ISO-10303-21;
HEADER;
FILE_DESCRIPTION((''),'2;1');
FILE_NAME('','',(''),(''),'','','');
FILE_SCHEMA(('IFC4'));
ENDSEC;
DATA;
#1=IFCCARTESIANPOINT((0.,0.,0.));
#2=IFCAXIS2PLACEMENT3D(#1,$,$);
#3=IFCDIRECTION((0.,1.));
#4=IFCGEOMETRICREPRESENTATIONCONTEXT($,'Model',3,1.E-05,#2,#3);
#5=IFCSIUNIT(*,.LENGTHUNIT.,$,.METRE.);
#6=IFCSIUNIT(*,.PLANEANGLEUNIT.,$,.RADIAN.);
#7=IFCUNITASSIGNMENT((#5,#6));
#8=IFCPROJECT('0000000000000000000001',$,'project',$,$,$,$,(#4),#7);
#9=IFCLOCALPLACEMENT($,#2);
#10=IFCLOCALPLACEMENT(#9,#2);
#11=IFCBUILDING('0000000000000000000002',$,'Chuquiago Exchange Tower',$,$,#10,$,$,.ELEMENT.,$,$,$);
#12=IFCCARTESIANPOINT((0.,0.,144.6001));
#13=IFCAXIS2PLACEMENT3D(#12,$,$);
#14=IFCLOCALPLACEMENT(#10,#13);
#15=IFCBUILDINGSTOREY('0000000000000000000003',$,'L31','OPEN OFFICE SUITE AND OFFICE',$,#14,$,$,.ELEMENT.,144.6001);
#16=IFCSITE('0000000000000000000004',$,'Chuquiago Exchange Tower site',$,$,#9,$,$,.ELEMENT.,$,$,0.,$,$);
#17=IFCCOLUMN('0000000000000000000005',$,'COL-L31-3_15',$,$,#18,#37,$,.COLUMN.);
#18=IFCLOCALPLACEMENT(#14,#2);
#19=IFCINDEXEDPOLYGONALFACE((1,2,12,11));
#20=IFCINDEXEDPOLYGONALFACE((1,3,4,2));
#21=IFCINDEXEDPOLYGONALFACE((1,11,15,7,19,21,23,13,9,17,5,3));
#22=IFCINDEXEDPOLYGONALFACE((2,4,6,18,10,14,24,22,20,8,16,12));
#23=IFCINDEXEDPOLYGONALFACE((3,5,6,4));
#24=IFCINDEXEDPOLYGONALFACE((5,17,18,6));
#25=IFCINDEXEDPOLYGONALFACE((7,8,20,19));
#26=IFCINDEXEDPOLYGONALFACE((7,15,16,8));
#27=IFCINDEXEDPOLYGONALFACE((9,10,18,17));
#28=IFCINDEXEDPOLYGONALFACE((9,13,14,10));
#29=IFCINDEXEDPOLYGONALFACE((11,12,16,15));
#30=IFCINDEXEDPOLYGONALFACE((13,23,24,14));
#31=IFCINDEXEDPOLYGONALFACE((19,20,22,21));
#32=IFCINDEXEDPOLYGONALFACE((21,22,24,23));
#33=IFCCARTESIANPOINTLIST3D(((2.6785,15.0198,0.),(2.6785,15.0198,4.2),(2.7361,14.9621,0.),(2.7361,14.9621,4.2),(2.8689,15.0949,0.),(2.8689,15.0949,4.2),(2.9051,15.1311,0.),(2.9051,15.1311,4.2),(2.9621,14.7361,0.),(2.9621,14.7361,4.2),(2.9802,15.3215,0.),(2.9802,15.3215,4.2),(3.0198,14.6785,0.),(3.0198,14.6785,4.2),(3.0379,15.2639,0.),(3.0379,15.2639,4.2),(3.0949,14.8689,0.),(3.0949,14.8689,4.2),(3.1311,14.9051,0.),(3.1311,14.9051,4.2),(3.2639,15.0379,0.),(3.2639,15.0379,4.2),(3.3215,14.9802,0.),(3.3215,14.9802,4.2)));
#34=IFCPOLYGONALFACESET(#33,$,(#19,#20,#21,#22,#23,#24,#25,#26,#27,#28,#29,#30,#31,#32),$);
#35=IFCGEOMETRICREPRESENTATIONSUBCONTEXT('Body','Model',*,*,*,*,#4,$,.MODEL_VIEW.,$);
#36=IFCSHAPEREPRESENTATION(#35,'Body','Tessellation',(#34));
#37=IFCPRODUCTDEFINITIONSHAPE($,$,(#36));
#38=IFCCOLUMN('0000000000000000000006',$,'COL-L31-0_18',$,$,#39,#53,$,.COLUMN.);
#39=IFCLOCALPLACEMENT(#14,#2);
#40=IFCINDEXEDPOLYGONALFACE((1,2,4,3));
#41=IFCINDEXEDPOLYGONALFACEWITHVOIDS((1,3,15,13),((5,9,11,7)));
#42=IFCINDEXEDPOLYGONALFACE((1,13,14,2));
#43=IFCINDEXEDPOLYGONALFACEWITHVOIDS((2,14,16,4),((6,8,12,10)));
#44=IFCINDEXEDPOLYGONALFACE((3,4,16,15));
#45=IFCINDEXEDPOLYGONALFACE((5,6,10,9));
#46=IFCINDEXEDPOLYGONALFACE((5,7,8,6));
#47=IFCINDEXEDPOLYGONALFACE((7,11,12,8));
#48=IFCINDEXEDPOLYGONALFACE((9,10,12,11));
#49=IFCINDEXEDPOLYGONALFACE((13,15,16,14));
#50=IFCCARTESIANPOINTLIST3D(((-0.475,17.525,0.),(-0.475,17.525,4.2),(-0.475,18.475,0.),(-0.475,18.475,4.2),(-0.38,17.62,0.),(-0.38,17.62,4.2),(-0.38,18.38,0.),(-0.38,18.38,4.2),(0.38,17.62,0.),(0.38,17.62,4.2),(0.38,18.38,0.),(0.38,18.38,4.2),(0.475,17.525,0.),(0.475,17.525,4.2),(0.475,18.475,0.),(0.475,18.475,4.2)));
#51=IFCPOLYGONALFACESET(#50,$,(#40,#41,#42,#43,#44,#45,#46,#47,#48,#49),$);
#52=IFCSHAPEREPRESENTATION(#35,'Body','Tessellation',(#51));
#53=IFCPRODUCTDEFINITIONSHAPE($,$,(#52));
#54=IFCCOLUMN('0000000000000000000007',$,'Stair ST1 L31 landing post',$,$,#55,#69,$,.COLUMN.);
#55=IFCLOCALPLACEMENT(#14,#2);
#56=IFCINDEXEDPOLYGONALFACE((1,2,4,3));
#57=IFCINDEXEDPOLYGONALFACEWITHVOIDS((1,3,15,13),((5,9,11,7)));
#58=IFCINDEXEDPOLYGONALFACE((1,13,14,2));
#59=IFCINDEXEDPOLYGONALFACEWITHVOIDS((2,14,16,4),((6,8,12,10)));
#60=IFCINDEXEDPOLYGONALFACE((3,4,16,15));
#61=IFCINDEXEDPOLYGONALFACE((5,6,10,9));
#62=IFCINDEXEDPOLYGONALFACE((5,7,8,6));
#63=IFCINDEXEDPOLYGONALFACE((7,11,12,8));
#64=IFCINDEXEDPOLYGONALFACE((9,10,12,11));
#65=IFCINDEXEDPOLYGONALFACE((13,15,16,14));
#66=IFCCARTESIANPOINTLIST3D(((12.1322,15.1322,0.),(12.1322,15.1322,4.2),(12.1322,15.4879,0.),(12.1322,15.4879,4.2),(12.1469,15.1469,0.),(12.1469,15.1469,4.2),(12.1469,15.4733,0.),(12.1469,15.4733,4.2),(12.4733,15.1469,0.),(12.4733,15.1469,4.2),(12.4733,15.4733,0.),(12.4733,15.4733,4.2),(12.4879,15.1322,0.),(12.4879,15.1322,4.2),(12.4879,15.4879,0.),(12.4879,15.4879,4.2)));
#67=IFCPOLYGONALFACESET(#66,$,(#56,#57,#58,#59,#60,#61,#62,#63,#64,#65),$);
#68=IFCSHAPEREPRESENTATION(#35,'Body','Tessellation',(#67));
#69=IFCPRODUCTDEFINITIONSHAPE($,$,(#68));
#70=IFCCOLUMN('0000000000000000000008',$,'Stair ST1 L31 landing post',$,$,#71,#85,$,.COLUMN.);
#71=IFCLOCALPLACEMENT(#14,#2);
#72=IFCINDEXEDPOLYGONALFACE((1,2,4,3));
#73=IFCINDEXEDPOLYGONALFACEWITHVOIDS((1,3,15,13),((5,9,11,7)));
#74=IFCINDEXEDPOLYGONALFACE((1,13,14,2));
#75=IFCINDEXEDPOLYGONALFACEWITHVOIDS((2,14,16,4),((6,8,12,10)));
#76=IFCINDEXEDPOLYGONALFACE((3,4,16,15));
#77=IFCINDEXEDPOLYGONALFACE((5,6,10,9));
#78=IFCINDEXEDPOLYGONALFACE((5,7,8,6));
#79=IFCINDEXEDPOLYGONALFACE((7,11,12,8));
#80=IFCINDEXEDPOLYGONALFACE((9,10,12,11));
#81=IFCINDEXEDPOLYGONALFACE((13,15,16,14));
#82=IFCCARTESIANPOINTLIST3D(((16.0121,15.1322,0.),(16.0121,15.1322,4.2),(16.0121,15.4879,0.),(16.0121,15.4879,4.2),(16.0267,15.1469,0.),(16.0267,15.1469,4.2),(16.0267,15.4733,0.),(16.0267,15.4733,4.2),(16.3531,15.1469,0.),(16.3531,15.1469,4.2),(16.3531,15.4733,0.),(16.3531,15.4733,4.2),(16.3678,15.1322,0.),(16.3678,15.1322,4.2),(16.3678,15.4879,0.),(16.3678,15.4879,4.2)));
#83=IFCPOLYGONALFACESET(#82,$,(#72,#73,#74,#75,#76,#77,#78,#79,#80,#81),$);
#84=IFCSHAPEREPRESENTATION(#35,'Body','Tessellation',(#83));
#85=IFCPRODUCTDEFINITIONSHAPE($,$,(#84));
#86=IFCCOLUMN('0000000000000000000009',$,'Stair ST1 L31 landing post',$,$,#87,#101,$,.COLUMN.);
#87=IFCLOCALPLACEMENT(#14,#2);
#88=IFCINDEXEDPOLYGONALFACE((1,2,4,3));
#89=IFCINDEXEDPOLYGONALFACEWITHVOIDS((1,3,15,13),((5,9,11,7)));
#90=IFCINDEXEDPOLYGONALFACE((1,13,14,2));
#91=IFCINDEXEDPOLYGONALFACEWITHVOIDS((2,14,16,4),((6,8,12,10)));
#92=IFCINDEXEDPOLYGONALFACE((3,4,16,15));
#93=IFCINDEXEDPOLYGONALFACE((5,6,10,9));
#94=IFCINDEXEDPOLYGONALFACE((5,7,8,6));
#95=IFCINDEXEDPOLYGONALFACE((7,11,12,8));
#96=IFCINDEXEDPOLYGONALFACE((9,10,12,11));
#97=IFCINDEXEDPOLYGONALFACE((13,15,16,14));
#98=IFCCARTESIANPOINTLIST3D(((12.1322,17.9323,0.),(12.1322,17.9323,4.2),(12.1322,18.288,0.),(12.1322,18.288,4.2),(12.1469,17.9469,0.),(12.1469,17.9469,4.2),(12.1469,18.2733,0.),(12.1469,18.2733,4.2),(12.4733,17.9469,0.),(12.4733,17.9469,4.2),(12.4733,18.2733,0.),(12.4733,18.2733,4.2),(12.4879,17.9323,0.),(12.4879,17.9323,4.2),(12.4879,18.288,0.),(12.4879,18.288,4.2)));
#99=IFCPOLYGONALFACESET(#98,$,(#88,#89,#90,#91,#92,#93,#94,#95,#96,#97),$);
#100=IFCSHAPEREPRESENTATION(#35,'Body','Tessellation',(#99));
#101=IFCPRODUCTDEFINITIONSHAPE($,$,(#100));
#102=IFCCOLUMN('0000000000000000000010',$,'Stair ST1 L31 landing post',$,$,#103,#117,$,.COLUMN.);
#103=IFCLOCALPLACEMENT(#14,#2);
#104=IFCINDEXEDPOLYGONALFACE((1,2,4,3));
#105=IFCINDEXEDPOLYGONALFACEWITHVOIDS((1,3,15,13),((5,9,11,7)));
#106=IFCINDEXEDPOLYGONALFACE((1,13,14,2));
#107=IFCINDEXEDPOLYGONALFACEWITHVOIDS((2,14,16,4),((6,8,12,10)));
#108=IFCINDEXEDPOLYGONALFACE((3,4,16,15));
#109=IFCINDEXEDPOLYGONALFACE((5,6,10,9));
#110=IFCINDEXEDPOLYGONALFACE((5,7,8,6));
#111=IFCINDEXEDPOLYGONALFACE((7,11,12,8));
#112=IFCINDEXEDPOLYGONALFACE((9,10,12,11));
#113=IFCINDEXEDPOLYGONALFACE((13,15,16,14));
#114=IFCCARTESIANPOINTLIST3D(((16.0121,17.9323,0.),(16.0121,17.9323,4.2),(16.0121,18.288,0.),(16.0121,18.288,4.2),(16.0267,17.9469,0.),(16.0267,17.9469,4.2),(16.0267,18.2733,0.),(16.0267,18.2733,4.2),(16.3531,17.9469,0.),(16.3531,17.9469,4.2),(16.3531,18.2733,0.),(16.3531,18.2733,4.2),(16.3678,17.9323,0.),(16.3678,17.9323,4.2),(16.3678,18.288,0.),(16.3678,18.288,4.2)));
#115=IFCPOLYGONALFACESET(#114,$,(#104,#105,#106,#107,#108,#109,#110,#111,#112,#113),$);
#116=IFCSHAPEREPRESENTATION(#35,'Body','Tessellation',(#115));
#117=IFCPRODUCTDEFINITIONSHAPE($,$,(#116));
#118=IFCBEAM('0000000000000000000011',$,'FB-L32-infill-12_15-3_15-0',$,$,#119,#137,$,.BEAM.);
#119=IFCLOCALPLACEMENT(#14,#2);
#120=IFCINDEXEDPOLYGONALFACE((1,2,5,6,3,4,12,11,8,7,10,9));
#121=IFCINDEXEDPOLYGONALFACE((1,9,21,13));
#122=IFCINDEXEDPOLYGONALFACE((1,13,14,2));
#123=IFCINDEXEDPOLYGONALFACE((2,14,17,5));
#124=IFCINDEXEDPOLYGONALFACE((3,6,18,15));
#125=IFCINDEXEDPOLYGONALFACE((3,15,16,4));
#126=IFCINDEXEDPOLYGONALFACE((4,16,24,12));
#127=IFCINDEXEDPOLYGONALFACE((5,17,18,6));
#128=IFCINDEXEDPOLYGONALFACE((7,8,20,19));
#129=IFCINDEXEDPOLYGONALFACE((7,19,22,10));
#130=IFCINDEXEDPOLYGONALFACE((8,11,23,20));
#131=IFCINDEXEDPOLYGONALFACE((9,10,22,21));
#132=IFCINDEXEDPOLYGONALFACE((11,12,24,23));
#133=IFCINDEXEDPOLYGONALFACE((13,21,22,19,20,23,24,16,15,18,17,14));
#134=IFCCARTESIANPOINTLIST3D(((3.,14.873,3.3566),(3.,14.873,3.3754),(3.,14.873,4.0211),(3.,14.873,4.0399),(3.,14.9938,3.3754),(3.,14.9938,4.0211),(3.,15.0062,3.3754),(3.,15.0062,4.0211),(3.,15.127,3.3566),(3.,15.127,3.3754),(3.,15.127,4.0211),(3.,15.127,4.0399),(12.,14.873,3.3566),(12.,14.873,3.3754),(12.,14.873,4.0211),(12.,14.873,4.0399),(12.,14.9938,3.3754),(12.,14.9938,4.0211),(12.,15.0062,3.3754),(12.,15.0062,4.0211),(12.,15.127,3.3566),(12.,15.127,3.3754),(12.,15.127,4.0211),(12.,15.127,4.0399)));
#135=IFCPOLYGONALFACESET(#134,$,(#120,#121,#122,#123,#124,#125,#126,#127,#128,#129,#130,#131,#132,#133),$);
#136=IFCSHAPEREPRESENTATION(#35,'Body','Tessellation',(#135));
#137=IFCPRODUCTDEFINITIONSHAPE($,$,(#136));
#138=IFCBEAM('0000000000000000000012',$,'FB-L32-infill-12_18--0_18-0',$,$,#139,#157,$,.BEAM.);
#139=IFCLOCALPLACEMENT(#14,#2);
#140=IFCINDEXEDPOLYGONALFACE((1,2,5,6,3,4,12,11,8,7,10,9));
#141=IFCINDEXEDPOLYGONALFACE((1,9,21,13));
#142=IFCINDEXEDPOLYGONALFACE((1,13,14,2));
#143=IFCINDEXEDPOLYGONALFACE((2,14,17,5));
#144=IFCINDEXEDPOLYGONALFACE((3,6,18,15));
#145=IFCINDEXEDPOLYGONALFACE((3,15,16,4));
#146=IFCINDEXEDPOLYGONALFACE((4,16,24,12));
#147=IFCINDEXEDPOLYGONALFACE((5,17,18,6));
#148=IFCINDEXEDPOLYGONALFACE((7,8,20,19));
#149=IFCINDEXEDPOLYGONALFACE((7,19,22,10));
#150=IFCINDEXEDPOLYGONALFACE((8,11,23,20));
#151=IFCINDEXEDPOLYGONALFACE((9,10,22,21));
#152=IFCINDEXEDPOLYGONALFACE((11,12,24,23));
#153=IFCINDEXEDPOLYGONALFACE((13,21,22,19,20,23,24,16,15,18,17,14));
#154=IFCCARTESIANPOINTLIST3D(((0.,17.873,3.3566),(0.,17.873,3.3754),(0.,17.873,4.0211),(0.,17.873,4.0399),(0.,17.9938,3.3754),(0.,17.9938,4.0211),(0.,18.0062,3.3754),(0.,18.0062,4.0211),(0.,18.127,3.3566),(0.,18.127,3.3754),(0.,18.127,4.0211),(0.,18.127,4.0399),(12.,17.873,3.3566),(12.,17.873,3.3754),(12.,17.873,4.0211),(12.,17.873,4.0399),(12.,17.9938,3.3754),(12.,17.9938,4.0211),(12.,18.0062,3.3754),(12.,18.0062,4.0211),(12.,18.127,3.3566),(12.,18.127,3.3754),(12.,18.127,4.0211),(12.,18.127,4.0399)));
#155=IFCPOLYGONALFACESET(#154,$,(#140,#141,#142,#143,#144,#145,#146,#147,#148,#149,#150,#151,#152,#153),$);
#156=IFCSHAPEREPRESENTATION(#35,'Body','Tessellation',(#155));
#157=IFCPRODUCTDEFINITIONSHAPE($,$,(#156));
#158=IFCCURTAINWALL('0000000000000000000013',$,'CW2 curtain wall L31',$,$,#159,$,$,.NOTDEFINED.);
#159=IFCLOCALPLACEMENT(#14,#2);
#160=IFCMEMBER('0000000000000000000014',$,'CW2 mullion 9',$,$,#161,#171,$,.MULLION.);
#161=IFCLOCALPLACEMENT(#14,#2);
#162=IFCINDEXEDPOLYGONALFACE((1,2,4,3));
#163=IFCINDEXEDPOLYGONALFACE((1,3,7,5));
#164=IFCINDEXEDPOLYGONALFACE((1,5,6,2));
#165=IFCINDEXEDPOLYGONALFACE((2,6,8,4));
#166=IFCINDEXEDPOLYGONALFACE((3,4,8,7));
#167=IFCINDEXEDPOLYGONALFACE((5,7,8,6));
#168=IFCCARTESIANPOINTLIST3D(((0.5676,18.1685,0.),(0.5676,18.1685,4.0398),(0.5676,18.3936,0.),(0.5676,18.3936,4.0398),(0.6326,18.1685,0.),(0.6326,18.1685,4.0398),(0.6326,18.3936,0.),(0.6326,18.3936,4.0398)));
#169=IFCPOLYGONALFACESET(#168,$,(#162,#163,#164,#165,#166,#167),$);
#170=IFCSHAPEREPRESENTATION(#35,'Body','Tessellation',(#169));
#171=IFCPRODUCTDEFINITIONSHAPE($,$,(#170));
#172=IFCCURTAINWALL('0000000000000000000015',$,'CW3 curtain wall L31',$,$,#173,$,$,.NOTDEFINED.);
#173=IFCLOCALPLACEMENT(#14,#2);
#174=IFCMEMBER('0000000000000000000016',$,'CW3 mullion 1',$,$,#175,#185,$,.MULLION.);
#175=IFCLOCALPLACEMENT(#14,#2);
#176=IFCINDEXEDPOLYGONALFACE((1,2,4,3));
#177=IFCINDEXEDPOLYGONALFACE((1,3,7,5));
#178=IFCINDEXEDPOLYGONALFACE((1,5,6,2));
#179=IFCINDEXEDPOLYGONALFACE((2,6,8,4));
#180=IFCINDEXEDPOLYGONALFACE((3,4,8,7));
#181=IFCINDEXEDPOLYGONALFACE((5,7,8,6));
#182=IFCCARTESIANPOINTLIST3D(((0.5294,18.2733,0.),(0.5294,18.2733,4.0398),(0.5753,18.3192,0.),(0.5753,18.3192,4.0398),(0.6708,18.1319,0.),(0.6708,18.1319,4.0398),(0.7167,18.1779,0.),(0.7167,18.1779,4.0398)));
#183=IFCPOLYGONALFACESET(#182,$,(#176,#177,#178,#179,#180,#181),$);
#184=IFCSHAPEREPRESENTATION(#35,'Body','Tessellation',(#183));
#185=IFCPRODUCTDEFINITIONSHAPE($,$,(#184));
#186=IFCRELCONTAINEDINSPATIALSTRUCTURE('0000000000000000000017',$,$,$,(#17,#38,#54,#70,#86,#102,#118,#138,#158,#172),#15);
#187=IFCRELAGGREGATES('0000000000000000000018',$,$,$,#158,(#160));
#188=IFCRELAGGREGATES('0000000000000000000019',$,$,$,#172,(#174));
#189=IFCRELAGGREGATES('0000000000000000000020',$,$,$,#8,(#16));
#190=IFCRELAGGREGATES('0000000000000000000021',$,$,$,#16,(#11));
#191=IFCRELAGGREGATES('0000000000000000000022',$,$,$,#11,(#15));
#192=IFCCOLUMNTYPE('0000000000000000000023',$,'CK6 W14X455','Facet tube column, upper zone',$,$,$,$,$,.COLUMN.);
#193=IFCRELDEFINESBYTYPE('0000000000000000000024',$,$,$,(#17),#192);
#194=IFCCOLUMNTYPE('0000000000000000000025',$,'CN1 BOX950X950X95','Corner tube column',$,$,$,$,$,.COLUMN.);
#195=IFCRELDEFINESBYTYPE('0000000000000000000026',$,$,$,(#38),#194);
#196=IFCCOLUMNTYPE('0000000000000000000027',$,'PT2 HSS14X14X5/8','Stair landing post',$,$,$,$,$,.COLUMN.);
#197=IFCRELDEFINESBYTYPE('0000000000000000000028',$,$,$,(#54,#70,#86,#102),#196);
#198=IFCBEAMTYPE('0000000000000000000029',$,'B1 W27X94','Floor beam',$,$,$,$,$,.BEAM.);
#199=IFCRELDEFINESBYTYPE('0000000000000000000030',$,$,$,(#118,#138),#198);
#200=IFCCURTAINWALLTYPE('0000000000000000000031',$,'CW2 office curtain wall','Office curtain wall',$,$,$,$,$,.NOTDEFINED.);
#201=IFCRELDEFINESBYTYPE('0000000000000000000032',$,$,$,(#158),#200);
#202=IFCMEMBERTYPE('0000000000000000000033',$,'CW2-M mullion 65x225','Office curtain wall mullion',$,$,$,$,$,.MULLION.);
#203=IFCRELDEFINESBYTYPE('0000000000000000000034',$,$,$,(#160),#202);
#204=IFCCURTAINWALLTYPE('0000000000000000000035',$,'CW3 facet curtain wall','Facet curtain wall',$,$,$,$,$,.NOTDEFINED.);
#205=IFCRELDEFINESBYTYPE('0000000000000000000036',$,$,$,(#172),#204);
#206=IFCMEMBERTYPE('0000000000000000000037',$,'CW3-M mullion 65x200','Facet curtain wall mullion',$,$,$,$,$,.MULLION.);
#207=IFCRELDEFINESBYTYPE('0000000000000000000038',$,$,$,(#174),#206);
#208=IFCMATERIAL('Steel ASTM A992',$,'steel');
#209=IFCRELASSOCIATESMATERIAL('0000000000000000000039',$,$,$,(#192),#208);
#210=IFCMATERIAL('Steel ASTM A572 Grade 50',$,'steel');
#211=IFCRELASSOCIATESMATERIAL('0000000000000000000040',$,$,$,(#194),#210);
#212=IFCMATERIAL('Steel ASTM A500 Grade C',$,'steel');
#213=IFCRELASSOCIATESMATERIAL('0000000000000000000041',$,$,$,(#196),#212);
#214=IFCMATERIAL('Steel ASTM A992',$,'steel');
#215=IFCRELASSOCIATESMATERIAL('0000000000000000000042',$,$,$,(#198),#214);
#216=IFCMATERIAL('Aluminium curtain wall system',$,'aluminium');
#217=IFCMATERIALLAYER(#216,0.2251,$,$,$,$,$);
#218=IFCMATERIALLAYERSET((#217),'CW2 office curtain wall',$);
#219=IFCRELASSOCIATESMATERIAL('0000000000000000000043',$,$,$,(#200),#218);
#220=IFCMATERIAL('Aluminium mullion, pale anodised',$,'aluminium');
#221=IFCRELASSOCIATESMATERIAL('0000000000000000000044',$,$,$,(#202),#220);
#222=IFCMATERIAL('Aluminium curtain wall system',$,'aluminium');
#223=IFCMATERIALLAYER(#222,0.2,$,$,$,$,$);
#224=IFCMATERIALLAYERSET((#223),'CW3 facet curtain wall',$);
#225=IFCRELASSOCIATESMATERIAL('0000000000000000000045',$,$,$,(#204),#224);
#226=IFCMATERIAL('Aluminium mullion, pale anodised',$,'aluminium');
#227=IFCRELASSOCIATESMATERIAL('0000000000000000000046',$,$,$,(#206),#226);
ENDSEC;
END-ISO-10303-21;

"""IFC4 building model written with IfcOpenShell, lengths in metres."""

from ifc_helpers import new_model, si_unit, direction, frame, origin, origin_2d, place, context, subcontext, project, spatial, rectangle, hollow_rectangle, i_section, extrude, material, layer, layer_set, material_profile, profile_set, type_object, element, aggregate, save


model = new_model("IFC4")

# Units and contexts
model_context = context("Model", 3, precision=1e-05, world=origin(), true_north=direction((0.0, 1.0)))
body_context = subcontext(model_context, "Body", "Model", "MODEL_VIEW")
ifc_project = project(units=[si_unit("LENGTHUNIT", "METRE"), si_unit("PLANEANGLEUNIT", "RADIAN")], contexts=[model_context])

# Site, building, storey
site_placement = place(None, origin())
site = spatial("IfcSite", under=ifc_project, at=site_placement, Name="Chuquiago Exchange Tower site", CompositionType="ELEMENT", RefElevation=0.0)
building_placement = place(site_placement, origin())
building = spatial("IfcBuilding", under=site, at=building_placement, Name="Chuquiago Exchange Tower", CompositionType="ELEMENT")
storey_placement = place(building_placement, frame((0.0, 0.0, 144.6001)))
storey = spatial("IfcBuildingStorey", under=building, at=storey_placement, Name="L31", Description="OPEN OFFICE SUITE AND OFFICE", CompositionType="ELEMENT", Elevation=144.6001)

# Columns
ifc_material_1 = material(Name="Steel ASTM A992", Category="steel")
ifc_material_profile_1 = material_profile(ifc_material_1, i_section(OverallWidth=0.4268, OverallDepth=0.4827, WebThickness=0.0513, FlangeThickness=0.0815, at=origin_2d()), Name="W14X455")
ifc_profile_set_1 = profile_set([ifc_material_profile_1], Name="Steel ASTM A992")
column_type_1 = type_object("IfcColumnType", Name="CK6 W14X455", Description="Facet tube column, upper zone", PredefinedType="COLUMN", material=ifc_profile_set_1)
column_1_placement = place(storey_placement, frame((3.0, 15.0, 0.0), z_axis=(0.0, 0.0, 1.0), x_axis=(-0.707107, -0.707107, 0.0)))
element("IfcColumn", 1, at=column_1_placement, inside=storey, type_object=column_type_1, Name="COL-L31-3_15", PredefinedType="COLUMN", context=body_context, shape_type="SweptSolid", body=[
    extrude(i_section(OverallWidth=0.4268, OverallDepth=0.4827, WebThickness=0.0513, FlangeThickness=0.0815, at=origin_2d()), origin(), (0.0, 0.0, 1.0), 4.2),
])
ifc_material_2 = material(Name="Steel ASTM A572 Grade 50", Category="steel")
ifc_material_profile_2 = material_profile(ifc_material_2, hollow_rectangle(XDim=0.95, YDim=0.95, WallThickness=0.095, at=origin_2d()), Name="BOX950X950X95")
ifc_profile_set_2 = profile_set([ifc_material_profile_2], Name="Steel ASTM A572 Grade 50")
column_type_2 = type_object("IfcColumnType", Name="CN1 BOX950X950X95", Description="Corner tube column", PredefinedType="COLUMN", material=ifc_profile_set_2)
column_2_placement = place(storey_placement, frame((0.0, 18.0, 0.0), z_axis=(0.0, 0.0, 1.0), x_axis=(-1.0, 0.0, 0.0)))
element("IfcColumn", 2, at=column_2_placement, inside=storey, type_object=column_type_2, Name="COL-L31-0_18", PredefinedType="COLUMN", context=body_context, shape_type="SweptSolid", body=[
    extrude(hollow_rectangle(XDim=0.95, YDim=0.95, WallThickness=0.095, at=origin_2d()), origin(), (0.0, 0.0, 1.0), 4.2),
])
ifc_material_3 = material(Name="Steel ASTM A500 Grade C", Category="steel")
ifc_material_profile_3 = material_profile(ifc_material_3, hollow_rectangle(XDim=0.3557, YDim=0.3557, WallThickness=0.0146, at=origin_2d()), Name="HSS14X14X5/8")
ifc_profile_set_3 = profile_set([ifc_material_profile_3], Name="Steel ASTM A500 Grade C")
column_type_3 = type_object("IfcColumnType", Name="PT2 HSS14X14X5/8", Description="Stair landing post", PredefinedType="COLUMN", material=ifc_profile_set_3)
for number, where, z_axis, x_axis, name in (
    (3, (12.3101, 15.3101, 0.0), (0.0, 0.0, 1.0), (1.0, 0.0, 0.0), "Stair ST1 L31 landing post"),
    (4, (16.1899, 15.3101, 0.0), (0.0, 0.0, 1.0), (1.0, 0.0, 0.0), "Stair ST1 L31 landing post"),
    (5, (12.3101, 18.1101, 0.0), (0.0, 0.0, 1.0), (1.0, 0.0, 0.0), "Stair ST1 L31 landing post"),
    (6, (16.1899, 18.1101, 0.0), (0.0, 0.0, 1.0), (1.0, 0.0, 0.0), "Stair ST1 L31 landing post"),
):
    element("IfcColumn", number, at=place(storey_placement, frame(where, z_axis=z_axis, x_axis=x_axis)), inside=storey, type_object=column_type_3, Name=name, PredefinedType="COLUMN", context=body_context, shape_type="SweptSolid", body=[
        extrude(hollow_rectangle(XDim=0.3557, YDim=0.3557, WallThickness=0.0146, at=origin_2d()), origin(), (0.0, 0.0, 1.0), 4.2),
    ])

# Beams
ifc_material_4 = material(Name="Steel ASTM A992", Category="steel")
ifc_material_profile_4 = material_profile(ifc_material_4, i_section(OverallWidth=0.2539, OverallDepth=0.6833, WebThickness=0.0125, FlangeThickness=0.0188, at=origin_2d()), Name="W27X94")
ifc_profile_set_4 = profile_set([ifc_material_profile_4], Name="Steel ASTM A992")
beam_type_1 = type_object("IfcBeamType", Name="B1 W27X94", Description="Floor beam", PredefinedType="BEAM", material=ifc_profile_set_4)
beam_1_placement = place(storey_placement, frame((12.0, 15.0, 3.6982), z_axis=(-1.0, 0.0, 0.0), x_axis=(0.0, -1.0, 0.0)))
element("IfcBeam", 7, at=beam_1_placement, inside=storey, type_object=beam_type_1, Name="FB-L32-infill-12_15-3_15-0", PredefinedType="BEAM", context=body_context, shape_type="SweptSolid", body=[
    extrude(i_section(OverallWidth=0.2539, OverallDepth=0.6833, WebThickness=0.0125, FlangeThickness=0.0188, at=origin_2d()), origin(), (0.0, 0.0, 1.0), 9.0),
])
beam_2_placement = place(storey_placement, frame((12.0, 18.0, 3.6982), z_axis=(-1.0, 0.0, 0.0), x_axis=(0.0, -1.0, 0.0)))
element("IfcBeam", 8, at=beam_2_placement, inside=storey, type_object=beam_type_1, Name="FB-L32-infill-12_18--0_18-0", PredefinedType="BEAM", context=body_context, shape_type="SweptSolid", body=[
    extrude(i_section(OverallWidth=0.2539, OverallDepth=0.6833, WebThickness=0.0125, FlangeThickness=0.0188, at=origin_2d()), origin(), (0.0, 0.0, 1.0), 12.0),
])

# Curtain wall, member
ifc_material_5 = material(Name="Aluminium curtain wall system", Category="aluminium")
ifc_layer_1 = layer(ifc_material_5, 0.2251)
ifc_layer_set_1 = layer_set([ifc_layer_1], Name="CW2 office curtain wall")
curtain_wall_type_1 = type_object("IfcCurtainWallType", Name="CW2 office curtain wall", Description="Office curtain wall", PredefinedType="NOTDEFINED", material=ifc_layer_set_1)
curtain_wall_1_placement = place(storey_placement, origin())
curtain_wall_1 = element("IfcCurtainWall", 9, at=curtain_wall_1_placement, inside=storey, type_object=curtain_wall_type_1, Name="CW2 curtain wall L31", PredefinedType="NOTDEFINED")
ifc_material_6 = material(Name="Aluminium mullion, pale anodised", Category="aluminium")
ifc_material_profile_5 = material_profile(ifc_material_6, rectangle(XDim=0.0649, YDim=0.2251, at=origin_2d()), Name="AL 65x225")
ifc_profile_set_5 = profile_set([ifc_material_profile_5], Name="Aluminium mullion, pale anodised")
member_type_1 = type_object("IfcMemberType", Name="CW2-M mullion 65x225", Description="Office curtain wall mullion", PredefinedType="MULLION", material=ifc_profile_set_5)
member_1_placement = place(storey_placement, frame((0.6001, 18.281, 0.0), z_axis=(0.0, 0.0, 1.0), x_axis=(1.0, 0.0, 0.0)))
member_1 = element("IfcMember", 10, at=member_1_placement, type_object=member_type_1, Name="CW2 mullion 9", PredefinedType="MULLION", context=body_context, shape_type="SweptSolid", body=[
    extrude(rectangle(XDim=0.0649, YDim=0.2251, at=origin_2d()), origin(), (0.0, 0.0, 1.0), 4.0398),
])
aggregate(curtain_wall_1, [member_1])

# Curtain wall, member
ifc_material_7 = material(Name="Aluminium curtain wall system", Category="aluminium")
ifc_layer_2 = layer(ifc_material_7, 0.2)
ifc_layer_set_2 = layer_set([ifc_layer_2], Name="CW3 facet curtain wall")
curtain_wall_type_2 = type_object("IfcCurtainWallType", Name="CW3 facet curtain wall", Description="Facet curtain wall", PredefinedType="NOTDEFINED", material=ifc_layer_set_2)
curtain_wall_2_placement = place(storey_placement, origin())
curtain_wall_2 = element("IfcCurtainWall", 11, at=curtain_wall_2_placement, inside=storey, type_object=curtain_wall_type_2, Name="CW3 curtain wall L31", PredefinedType="NOTDEFINED")
ifc_material_8 = material(Name="Aluminium mullion, pale anodised", Category="aluminium")
ifc_material_profile_6 = material_profile(ifc_material_8, rectangle(XDim=0.0649, YDim=0.2, at=origin_2d()), Name="AL 65x200")
ifc_profile_set_6 = profile_set([ifc_material_profile_6], Name="Aluminium mullion, pale anodised")
member_type_2 = type_object("IfcMemberType", Name="CW3-M mullion 65x200", Description="Facet curtain wall mullion", PredefinedType="MULLION", material=ifc_profile_set_6)
member_2_placement = place(storey_placement, frame((0.623, 18.2256, 0.0), z_axis=(0.0, 0.0, 1.0), x_axis=(0.707107, 0.707107, 0.0)))
member_2 = element("IfcMember", 12, at=member_2_placement, type_object=member_type_2, Name="CW3 mullion 1", PredefinedType="MULLION", context=body_context, shape_type="SweptSolid", body=[
    extrude(rectangle(XDim=0.0649, YDim=0.2, at=origin_2d()), origin(), (0.0, 0.0, 1.0), 4.0398),
])

aggregate(curtain_wall_2, [member_2])

save(model, "model.ifc")
